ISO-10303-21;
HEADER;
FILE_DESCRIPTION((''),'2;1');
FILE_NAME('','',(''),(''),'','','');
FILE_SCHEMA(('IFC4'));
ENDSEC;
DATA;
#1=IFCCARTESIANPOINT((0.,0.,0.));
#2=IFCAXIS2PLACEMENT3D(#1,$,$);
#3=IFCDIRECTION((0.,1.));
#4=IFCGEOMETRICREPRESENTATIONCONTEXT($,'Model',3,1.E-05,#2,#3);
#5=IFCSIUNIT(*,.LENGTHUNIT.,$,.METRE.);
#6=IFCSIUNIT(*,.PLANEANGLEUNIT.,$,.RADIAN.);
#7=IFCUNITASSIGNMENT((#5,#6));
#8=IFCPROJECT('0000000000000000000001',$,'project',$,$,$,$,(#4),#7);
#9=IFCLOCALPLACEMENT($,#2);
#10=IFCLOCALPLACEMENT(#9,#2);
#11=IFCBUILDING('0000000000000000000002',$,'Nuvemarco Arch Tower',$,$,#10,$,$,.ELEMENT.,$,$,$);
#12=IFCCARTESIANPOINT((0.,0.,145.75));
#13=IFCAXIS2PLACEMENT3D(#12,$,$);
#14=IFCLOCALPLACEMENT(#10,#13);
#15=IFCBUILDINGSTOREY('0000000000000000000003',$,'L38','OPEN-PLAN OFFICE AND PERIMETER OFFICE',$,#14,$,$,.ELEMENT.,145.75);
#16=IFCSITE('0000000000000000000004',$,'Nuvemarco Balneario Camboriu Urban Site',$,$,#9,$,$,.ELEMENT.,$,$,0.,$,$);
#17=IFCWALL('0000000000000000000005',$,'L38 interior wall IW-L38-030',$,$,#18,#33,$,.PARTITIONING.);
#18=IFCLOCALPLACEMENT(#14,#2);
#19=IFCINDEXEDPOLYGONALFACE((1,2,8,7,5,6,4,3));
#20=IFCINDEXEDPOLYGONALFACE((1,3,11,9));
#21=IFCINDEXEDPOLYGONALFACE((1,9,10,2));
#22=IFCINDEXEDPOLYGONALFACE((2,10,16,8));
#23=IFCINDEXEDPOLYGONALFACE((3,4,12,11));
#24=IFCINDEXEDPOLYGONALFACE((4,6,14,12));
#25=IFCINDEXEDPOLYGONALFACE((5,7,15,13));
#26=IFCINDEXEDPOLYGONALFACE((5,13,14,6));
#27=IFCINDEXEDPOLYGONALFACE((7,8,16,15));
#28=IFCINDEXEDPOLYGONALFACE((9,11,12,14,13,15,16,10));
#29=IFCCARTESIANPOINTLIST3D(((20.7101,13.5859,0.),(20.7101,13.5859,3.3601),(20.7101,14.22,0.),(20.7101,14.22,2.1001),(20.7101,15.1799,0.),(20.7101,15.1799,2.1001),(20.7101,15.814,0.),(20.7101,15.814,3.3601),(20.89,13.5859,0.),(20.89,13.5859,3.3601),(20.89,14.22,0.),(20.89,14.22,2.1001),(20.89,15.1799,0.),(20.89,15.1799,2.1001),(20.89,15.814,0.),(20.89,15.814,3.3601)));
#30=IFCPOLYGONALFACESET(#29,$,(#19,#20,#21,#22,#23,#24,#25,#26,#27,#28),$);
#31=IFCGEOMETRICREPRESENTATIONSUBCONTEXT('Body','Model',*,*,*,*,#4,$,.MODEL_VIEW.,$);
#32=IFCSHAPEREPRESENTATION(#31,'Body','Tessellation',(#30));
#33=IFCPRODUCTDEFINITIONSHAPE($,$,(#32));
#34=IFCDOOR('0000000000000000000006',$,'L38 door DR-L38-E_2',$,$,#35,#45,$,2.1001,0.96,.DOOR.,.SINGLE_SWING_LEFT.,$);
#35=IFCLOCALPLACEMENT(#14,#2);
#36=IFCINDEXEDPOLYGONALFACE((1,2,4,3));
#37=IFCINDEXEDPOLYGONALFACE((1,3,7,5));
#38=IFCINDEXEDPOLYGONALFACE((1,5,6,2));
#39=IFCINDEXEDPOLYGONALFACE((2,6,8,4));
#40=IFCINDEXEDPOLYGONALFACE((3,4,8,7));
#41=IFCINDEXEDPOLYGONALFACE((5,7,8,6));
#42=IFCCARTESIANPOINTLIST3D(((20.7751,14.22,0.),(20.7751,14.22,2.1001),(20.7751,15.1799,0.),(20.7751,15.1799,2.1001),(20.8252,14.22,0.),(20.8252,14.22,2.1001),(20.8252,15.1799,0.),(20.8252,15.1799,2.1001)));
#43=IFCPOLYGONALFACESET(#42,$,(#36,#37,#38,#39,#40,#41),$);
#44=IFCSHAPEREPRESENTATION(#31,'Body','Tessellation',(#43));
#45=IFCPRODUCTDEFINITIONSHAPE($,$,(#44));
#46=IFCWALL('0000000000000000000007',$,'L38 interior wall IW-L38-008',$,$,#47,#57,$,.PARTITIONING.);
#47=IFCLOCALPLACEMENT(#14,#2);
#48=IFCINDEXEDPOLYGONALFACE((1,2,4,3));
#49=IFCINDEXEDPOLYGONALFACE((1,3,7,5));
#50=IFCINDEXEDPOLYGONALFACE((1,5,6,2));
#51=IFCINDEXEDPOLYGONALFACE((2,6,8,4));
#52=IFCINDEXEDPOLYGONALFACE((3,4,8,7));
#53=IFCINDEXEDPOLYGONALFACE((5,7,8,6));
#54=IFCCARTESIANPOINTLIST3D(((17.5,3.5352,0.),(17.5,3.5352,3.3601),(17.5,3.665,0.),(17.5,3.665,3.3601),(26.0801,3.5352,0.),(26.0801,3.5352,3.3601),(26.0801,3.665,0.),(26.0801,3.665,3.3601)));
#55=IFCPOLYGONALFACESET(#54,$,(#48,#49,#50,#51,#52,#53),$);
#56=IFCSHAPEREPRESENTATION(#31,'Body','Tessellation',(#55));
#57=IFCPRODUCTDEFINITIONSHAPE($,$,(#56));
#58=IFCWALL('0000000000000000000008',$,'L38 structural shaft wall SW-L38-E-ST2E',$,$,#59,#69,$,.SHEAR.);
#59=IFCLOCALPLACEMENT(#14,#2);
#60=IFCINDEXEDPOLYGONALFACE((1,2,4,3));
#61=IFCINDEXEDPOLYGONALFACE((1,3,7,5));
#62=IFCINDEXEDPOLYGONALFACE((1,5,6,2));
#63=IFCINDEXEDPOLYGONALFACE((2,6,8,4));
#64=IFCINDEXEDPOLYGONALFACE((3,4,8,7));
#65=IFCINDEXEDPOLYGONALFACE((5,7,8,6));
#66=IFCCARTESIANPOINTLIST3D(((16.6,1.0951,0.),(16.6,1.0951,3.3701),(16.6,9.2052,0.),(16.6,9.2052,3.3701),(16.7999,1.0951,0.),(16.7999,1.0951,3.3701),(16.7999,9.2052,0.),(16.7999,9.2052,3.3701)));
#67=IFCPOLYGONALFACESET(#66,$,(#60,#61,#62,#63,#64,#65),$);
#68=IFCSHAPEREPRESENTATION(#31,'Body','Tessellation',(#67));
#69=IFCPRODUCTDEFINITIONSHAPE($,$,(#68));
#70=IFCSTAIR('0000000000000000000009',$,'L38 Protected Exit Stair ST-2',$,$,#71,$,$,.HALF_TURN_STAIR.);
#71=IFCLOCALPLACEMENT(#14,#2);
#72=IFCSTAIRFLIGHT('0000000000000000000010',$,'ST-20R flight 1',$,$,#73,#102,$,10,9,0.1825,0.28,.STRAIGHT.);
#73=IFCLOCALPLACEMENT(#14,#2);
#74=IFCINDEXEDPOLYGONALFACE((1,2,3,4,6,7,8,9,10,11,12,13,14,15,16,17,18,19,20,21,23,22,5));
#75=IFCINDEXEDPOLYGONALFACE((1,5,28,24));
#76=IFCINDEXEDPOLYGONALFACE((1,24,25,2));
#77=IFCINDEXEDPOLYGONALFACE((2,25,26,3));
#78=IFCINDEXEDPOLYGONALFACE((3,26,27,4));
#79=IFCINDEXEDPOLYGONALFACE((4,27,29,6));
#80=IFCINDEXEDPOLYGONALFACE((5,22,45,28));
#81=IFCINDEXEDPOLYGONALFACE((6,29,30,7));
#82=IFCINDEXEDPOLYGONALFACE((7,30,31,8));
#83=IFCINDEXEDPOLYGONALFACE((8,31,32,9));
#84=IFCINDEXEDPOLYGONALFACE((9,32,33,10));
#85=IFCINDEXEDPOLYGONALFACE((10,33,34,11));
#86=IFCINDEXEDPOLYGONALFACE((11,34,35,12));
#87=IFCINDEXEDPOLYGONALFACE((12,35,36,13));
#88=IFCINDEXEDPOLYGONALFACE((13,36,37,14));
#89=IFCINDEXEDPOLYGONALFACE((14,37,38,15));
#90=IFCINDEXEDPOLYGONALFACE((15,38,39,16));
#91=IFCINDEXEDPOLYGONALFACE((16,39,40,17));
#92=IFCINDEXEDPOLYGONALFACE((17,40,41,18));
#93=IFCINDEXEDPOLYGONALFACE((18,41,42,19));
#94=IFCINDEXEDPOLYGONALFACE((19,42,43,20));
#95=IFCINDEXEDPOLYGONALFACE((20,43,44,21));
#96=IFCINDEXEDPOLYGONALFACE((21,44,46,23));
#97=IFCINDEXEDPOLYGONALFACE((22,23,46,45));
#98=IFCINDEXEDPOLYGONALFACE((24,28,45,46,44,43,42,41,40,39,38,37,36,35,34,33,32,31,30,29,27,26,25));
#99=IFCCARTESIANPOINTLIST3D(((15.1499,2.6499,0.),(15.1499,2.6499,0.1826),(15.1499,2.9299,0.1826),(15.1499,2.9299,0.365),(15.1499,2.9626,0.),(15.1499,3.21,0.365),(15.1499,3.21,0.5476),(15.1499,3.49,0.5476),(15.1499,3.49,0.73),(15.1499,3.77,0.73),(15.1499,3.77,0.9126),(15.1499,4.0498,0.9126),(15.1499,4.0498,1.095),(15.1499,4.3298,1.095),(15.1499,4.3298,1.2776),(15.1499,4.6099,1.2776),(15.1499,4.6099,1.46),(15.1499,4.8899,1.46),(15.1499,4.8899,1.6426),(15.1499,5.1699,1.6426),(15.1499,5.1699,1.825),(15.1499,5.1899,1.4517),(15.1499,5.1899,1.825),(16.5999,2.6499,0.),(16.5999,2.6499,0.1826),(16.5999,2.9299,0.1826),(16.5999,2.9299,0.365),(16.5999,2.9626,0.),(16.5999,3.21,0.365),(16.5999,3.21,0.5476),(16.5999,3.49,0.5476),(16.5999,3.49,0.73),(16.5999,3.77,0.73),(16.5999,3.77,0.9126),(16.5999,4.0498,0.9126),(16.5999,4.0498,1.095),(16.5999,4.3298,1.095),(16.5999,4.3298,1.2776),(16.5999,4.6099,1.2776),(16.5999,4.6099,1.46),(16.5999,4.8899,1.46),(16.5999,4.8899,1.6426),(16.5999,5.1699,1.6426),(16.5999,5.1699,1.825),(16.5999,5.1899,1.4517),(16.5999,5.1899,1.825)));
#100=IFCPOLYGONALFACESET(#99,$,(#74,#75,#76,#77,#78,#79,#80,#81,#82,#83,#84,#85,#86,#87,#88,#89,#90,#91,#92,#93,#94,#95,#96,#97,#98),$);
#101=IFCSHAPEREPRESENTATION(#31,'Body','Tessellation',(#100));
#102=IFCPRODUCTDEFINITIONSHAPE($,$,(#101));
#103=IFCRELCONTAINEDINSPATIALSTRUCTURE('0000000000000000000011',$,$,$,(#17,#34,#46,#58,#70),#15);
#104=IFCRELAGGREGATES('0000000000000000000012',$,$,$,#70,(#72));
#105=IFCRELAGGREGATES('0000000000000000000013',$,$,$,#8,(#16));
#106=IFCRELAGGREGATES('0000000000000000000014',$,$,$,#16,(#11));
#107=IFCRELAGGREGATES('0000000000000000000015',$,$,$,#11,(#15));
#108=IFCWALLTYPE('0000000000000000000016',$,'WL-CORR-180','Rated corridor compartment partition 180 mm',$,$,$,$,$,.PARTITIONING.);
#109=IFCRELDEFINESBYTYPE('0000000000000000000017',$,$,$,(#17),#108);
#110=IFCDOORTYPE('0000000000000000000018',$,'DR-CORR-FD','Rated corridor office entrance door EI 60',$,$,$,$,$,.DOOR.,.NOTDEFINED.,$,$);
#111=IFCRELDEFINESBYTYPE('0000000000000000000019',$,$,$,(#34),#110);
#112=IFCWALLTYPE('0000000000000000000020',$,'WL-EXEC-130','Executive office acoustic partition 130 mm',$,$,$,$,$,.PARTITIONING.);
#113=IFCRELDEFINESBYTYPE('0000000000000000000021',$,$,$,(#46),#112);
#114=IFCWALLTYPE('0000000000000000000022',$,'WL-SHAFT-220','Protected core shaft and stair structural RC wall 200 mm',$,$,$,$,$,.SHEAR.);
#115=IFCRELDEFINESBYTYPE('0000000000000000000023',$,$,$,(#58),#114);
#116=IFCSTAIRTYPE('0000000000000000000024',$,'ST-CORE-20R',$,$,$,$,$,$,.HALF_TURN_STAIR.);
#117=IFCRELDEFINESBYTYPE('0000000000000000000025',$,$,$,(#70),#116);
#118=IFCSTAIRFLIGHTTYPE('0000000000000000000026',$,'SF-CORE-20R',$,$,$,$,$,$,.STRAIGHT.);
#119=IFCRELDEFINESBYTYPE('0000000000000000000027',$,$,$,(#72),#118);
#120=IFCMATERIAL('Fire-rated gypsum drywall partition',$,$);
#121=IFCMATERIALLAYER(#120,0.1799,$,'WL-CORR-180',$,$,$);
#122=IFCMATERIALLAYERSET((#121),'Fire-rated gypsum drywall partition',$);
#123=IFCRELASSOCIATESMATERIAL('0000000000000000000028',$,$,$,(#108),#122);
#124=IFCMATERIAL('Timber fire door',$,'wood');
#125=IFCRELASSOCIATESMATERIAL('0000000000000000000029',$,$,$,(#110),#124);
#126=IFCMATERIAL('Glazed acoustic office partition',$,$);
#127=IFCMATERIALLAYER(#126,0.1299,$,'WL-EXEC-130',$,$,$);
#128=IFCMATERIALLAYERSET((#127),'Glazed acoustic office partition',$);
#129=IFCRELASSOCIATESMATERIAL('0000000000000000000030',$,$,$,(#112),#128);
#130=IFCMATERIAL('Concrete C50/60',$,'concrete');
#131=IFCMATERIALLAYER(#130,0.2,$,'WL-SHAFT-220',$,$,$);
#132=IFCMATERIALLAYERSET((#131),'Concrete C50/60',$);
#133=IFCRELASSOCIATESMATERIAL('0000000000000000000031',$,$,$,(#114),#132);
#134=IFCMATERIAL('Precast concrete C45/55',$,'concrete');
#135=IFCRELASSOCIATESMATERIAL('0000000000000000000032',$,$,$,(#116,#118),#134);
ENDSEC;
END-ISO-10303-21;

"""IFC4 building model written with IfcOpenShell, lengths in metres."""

from ifc_helpers import new_model, si_unit, direction, frame, frame_2d, origin, place, context, subcontext, project, spatial, polyline, rectangle, outline, extrude, source, transform, mapped, material, layer, layer_set, type_object, type_shapes, element, fill, aggregate, save


model = new_model("IFC4")

# Units and contexts
model_context = context("Model", 3, precision=1e-05, world=origin(), true_north=direction((0.0, 1.0)))
body_context = subcontext(model_context, "Body", "Model", "MODEL_VIEW")
ifc_project = project(units=[si_unit("LENGTHUNIT", "METRE"), si_unit("PLANEANGLEUNIT", "RADIAN")], contexts=[model_context])

# Site, building, storey
site_placement = place(None, origin())
site = spatial("IfcSite", under=ifc_project, at=site_placement, Name="Nuvemarco Balneario Camboriu Urban Site", CompositionType="ELEMENT", RefElevation=0.0)
building_placement = place(site_placement, origin())
building = spatial("IfcBuilding", under=site, at=building_placement, Name="Nuvemarco Arch Tower", CompositionType="ELEMENT")
storey_placement = place(building_placement, frame((0.0, 0.0, 145.75)))
storey = spatial("IfcBuildingStorey", under=building, at=storey_placement, Name="L38", Description="OPEN-PLAN OFFICE AND PERIMETER OFFICE", CompositionType="ELEMENT", Elevation=145.75)

# Shared definitions
ifc_material_1 = material(Name="Concrete C50/60", Category="concrete")

# Shared definitions
ifc_material_2 = material(Name="Precast concrete C45/55", Category="concrete")

# Shared definitions
ifc_material_3 = material(Name="Fire-rated gypsum drywall partition")
ifc_layer_1 = layer(ifc_material_3, 0.1799, Name="WL-CORR-180")
ifc_layer_set_1 = layer_set([ifc_layer_1], Name="Fire-rated gypsum drywall partition")
wall_type_1 = type_object("IfcWallType", Name="WL-CORR-180", Description="Rated corridor compartment partition 180 mm", PredefinedType="PARTITIONING", material=ifc_layer_set_1)

# Wall, opening, door
wall_1_placement = place(storey_placement, frame((20.8, 13.5859, 0.0), z_axis=(0.0, 0.0, 1.0), x_axis=(0.0, 1.0, 0.0)))
wall_1 = element("IfcWall", 1, at=wall_1_placement, inside=storey, type_object=wall_type_1, Name="L38 interior wall IW-L38-030", PredefinedType="PARTITIONING", context=body_context, shape_type="SweptSolid", body=[
    extrude(rectangle(XDim=2.228, YDim=0.1799, at=frame_2d((1.114, 0.0))), origin(), (0.0, 0.0, 1.0), 3.3601),
])
opening_placement = place(wall_1_placement, frame((0.634, 0.0, 0.0)))
opening = element("IfcOpeningElement", 2, at=opening_placement, cuts=wall_1, PredefinedType="OPENING", context=body_context, shape_type="SweptSolid", body=[
    extrude(rectangle(XDim=0.96, YDim=2.1001, at=frame_2d((0.48, 1.05))), frame((0.0, 0.0999, 0.0), z_axis=(0.0, -1.0, 0.0), x_axis=(1.0, 0.0, 0.0)), (0.0, 0.0, 1.0), 0.2),
])
ifc_material_4 = material(Name="Timber fire door", Category="wood")
door_type = type_object("IfcDoorType", Name="DR-CORR-FD", Description="Rated corridor office entrance door EI 60", OperationType="NOTDEFINED", PredefinedType="DOOR", material=ifc_material_4)
shared_shape_1 = source(origin(), body_context, "Body", "SweptSolid", [
    extrude(rectangle(XDim=0.96, YDim=2.1001, at=frame_2d((0.48, 1.05))), frame((0.0, 0.0249, 0.0), z_axis=(0.0, -1.0, 0.0), x_axis=(1.0, 0.0, 0.0)), (0.0, 0.0, 1.0), 0.05),
])
type_shapes(door_type, [shared_shape_1])
door_placement = place(opening_placement, origin())
door = element("IfcDoor", 3, at=door_placement, inside=storey, type_object=door_type, Name="L38 door DR-L38-E_2", OperationType="SINGLE_SWING_LEFT", OverallHeight=2.1001, OverallWidth=0.96, PredefinedType="DOOR", context=body_context, shape_type="MappedRepresentation", body=[
    mapped(shared_shape_1, transform((0.0, 0.0, 0.0), scale=1.0)),
])
fill(opening, door)

# Walls
ifc_material_5 = material(Name="Glazed acoustic office partition")
ifc_layer_2 = layer(ifc_material_5, 0.1299, Name="WL-EXEC-130")
ifc_layer_set_2 = layer_set([ifc_layer_2], Name="Glazed acoustic office partition")
wall_type_2 = type_object("IfcWallType", Name="WL-EXEC-130", Description="Executive office acoustic partition 130 mm", PredefinedType="PARTITIONING", material=ifc_layer_set_2)
wall_2_placement = place(storey_placement, frame((17.5, 3.6001, 0.0), z_axis=(0.0, 0.0, 1.0), x_axis=(1.0, 0.0, 0.0)))
element("IfcWall", 4, at=wall_2_placement, inside=storey, type_object=wall_type_2, Name="L38 interior wall IW-L38-008", PredefinedType="PARTITIONING", context=body_context, shape_type="SweptSolid", body=[
    extrude(rectangle(XDim=8.5801, YDim=0.1299, at=frame_2d((4.29, 0.0))), origin(), (0.0, 0.0, 1.0), 3.3601),
])
ifc_layer_3 = layer(ifc_material_1, 0.2, Name="WL-SHAFT-220")
ifc_layer_set_3 = layer_set([ifc_layer_3], Name="Concrete C50/60")
wall_type_3 = type_object("IfcWallType", Name="WL-SHAFT-220", Description="Protected core shaft and stair structural RC wall 200 mm", PredefinedType="SHEAR", material=ifc_layer_set_3)
wall_3_placement = place(storey_placement, frame((16.7, 1.095, 0.0), z_axis=(0.0, 0.0, 1.0), x_axis=(0.0, 1.0, 0.0)))
element("IfcWall", 5, at=wall_3_placement, inside=storey, type_object=wall_type_3, Name="L38 structural shaft wall SW-L38-E-ST2E", PredefinedType="SHEAR", context=body_context, shape_type="SweptSolid", body=[
    extrude(rectangle(XDim=8.1101, YDim=0.2, at=frame_2d((4.0552, 0.0))), origin(), (0.0, 0.0, 1.0), 3.3701),
])

# Stair, stair flight
stair_type = type_object("IfcStairType", Name="ST-CORE-20R", PredefinedType="HALF_TURN_STAIR", material=ifc_material_2)
stair_placement = place(storey_placement, origin())
stair = element("IfcStair", 6, at=stair_placement, inside=storey, type_object=stair_type, Name="L38 Protected Exit Stair ST-2", PredefinedType="HALF_TURN_STAIR")
stair_flight_type = type_object("IfcStairFlightType", Name="SF-CORE-20R", PredefinedType="STRAIGHT", material=ifc_material_2)
stair_flight_placement = place(storey_placement, frame((15.875, 2.6499, 0.0), z_axis=(0.0, 0.0, 1.0), x_axis=(0.0, 1.0, 0.0)))
stair_flight = element("IfcStairFlight", 7, at=stair_flight_placement, type_object=stair_flight_type, Name="ST-20R flight 1", NumberOfRisers=10, NumberOfTreads=9, PredefinedType="STRAIGHT", RiserHeight=0.1825, TreadLength=0.28, context=body_context, shape_type="SweptSolid", body=[
    extrude(outline(polyline([(0.0, 0.0), (0.0, 0.1826), (0.28, 0.1826), (0.28, 0.365), (0.5601, 0.365), (0.5601, 0.5476), (0.8401, 0.5476), (0.8401, 0.73), (1.1201, 0.73), (1.1201, 0.9126), (1.3999, 0.9126), (1.3999, 1.095), (1.6799, 1.095), (1.6799, 1.2776), (1.96, 1.2776), (1.96, 1.46), (2.24, 1.46), (2.24, 1.6426), (2.52, 1.6426), (2.52, 1.825), (2.54, 1.825), (2.54, 1.4517), (0.3127, 0.0), (0.0, 0.0)])), frame((0.0, 0.7251, 0.0), z_axis=(0.0, -1.0, 0.0), x_axis=(1.0, 0.0, 0.0)), (0.0, 0.0, 1.0), 1.45),
])
aggregate(stair, [stair_flight])

save(model, "model.ifc")
